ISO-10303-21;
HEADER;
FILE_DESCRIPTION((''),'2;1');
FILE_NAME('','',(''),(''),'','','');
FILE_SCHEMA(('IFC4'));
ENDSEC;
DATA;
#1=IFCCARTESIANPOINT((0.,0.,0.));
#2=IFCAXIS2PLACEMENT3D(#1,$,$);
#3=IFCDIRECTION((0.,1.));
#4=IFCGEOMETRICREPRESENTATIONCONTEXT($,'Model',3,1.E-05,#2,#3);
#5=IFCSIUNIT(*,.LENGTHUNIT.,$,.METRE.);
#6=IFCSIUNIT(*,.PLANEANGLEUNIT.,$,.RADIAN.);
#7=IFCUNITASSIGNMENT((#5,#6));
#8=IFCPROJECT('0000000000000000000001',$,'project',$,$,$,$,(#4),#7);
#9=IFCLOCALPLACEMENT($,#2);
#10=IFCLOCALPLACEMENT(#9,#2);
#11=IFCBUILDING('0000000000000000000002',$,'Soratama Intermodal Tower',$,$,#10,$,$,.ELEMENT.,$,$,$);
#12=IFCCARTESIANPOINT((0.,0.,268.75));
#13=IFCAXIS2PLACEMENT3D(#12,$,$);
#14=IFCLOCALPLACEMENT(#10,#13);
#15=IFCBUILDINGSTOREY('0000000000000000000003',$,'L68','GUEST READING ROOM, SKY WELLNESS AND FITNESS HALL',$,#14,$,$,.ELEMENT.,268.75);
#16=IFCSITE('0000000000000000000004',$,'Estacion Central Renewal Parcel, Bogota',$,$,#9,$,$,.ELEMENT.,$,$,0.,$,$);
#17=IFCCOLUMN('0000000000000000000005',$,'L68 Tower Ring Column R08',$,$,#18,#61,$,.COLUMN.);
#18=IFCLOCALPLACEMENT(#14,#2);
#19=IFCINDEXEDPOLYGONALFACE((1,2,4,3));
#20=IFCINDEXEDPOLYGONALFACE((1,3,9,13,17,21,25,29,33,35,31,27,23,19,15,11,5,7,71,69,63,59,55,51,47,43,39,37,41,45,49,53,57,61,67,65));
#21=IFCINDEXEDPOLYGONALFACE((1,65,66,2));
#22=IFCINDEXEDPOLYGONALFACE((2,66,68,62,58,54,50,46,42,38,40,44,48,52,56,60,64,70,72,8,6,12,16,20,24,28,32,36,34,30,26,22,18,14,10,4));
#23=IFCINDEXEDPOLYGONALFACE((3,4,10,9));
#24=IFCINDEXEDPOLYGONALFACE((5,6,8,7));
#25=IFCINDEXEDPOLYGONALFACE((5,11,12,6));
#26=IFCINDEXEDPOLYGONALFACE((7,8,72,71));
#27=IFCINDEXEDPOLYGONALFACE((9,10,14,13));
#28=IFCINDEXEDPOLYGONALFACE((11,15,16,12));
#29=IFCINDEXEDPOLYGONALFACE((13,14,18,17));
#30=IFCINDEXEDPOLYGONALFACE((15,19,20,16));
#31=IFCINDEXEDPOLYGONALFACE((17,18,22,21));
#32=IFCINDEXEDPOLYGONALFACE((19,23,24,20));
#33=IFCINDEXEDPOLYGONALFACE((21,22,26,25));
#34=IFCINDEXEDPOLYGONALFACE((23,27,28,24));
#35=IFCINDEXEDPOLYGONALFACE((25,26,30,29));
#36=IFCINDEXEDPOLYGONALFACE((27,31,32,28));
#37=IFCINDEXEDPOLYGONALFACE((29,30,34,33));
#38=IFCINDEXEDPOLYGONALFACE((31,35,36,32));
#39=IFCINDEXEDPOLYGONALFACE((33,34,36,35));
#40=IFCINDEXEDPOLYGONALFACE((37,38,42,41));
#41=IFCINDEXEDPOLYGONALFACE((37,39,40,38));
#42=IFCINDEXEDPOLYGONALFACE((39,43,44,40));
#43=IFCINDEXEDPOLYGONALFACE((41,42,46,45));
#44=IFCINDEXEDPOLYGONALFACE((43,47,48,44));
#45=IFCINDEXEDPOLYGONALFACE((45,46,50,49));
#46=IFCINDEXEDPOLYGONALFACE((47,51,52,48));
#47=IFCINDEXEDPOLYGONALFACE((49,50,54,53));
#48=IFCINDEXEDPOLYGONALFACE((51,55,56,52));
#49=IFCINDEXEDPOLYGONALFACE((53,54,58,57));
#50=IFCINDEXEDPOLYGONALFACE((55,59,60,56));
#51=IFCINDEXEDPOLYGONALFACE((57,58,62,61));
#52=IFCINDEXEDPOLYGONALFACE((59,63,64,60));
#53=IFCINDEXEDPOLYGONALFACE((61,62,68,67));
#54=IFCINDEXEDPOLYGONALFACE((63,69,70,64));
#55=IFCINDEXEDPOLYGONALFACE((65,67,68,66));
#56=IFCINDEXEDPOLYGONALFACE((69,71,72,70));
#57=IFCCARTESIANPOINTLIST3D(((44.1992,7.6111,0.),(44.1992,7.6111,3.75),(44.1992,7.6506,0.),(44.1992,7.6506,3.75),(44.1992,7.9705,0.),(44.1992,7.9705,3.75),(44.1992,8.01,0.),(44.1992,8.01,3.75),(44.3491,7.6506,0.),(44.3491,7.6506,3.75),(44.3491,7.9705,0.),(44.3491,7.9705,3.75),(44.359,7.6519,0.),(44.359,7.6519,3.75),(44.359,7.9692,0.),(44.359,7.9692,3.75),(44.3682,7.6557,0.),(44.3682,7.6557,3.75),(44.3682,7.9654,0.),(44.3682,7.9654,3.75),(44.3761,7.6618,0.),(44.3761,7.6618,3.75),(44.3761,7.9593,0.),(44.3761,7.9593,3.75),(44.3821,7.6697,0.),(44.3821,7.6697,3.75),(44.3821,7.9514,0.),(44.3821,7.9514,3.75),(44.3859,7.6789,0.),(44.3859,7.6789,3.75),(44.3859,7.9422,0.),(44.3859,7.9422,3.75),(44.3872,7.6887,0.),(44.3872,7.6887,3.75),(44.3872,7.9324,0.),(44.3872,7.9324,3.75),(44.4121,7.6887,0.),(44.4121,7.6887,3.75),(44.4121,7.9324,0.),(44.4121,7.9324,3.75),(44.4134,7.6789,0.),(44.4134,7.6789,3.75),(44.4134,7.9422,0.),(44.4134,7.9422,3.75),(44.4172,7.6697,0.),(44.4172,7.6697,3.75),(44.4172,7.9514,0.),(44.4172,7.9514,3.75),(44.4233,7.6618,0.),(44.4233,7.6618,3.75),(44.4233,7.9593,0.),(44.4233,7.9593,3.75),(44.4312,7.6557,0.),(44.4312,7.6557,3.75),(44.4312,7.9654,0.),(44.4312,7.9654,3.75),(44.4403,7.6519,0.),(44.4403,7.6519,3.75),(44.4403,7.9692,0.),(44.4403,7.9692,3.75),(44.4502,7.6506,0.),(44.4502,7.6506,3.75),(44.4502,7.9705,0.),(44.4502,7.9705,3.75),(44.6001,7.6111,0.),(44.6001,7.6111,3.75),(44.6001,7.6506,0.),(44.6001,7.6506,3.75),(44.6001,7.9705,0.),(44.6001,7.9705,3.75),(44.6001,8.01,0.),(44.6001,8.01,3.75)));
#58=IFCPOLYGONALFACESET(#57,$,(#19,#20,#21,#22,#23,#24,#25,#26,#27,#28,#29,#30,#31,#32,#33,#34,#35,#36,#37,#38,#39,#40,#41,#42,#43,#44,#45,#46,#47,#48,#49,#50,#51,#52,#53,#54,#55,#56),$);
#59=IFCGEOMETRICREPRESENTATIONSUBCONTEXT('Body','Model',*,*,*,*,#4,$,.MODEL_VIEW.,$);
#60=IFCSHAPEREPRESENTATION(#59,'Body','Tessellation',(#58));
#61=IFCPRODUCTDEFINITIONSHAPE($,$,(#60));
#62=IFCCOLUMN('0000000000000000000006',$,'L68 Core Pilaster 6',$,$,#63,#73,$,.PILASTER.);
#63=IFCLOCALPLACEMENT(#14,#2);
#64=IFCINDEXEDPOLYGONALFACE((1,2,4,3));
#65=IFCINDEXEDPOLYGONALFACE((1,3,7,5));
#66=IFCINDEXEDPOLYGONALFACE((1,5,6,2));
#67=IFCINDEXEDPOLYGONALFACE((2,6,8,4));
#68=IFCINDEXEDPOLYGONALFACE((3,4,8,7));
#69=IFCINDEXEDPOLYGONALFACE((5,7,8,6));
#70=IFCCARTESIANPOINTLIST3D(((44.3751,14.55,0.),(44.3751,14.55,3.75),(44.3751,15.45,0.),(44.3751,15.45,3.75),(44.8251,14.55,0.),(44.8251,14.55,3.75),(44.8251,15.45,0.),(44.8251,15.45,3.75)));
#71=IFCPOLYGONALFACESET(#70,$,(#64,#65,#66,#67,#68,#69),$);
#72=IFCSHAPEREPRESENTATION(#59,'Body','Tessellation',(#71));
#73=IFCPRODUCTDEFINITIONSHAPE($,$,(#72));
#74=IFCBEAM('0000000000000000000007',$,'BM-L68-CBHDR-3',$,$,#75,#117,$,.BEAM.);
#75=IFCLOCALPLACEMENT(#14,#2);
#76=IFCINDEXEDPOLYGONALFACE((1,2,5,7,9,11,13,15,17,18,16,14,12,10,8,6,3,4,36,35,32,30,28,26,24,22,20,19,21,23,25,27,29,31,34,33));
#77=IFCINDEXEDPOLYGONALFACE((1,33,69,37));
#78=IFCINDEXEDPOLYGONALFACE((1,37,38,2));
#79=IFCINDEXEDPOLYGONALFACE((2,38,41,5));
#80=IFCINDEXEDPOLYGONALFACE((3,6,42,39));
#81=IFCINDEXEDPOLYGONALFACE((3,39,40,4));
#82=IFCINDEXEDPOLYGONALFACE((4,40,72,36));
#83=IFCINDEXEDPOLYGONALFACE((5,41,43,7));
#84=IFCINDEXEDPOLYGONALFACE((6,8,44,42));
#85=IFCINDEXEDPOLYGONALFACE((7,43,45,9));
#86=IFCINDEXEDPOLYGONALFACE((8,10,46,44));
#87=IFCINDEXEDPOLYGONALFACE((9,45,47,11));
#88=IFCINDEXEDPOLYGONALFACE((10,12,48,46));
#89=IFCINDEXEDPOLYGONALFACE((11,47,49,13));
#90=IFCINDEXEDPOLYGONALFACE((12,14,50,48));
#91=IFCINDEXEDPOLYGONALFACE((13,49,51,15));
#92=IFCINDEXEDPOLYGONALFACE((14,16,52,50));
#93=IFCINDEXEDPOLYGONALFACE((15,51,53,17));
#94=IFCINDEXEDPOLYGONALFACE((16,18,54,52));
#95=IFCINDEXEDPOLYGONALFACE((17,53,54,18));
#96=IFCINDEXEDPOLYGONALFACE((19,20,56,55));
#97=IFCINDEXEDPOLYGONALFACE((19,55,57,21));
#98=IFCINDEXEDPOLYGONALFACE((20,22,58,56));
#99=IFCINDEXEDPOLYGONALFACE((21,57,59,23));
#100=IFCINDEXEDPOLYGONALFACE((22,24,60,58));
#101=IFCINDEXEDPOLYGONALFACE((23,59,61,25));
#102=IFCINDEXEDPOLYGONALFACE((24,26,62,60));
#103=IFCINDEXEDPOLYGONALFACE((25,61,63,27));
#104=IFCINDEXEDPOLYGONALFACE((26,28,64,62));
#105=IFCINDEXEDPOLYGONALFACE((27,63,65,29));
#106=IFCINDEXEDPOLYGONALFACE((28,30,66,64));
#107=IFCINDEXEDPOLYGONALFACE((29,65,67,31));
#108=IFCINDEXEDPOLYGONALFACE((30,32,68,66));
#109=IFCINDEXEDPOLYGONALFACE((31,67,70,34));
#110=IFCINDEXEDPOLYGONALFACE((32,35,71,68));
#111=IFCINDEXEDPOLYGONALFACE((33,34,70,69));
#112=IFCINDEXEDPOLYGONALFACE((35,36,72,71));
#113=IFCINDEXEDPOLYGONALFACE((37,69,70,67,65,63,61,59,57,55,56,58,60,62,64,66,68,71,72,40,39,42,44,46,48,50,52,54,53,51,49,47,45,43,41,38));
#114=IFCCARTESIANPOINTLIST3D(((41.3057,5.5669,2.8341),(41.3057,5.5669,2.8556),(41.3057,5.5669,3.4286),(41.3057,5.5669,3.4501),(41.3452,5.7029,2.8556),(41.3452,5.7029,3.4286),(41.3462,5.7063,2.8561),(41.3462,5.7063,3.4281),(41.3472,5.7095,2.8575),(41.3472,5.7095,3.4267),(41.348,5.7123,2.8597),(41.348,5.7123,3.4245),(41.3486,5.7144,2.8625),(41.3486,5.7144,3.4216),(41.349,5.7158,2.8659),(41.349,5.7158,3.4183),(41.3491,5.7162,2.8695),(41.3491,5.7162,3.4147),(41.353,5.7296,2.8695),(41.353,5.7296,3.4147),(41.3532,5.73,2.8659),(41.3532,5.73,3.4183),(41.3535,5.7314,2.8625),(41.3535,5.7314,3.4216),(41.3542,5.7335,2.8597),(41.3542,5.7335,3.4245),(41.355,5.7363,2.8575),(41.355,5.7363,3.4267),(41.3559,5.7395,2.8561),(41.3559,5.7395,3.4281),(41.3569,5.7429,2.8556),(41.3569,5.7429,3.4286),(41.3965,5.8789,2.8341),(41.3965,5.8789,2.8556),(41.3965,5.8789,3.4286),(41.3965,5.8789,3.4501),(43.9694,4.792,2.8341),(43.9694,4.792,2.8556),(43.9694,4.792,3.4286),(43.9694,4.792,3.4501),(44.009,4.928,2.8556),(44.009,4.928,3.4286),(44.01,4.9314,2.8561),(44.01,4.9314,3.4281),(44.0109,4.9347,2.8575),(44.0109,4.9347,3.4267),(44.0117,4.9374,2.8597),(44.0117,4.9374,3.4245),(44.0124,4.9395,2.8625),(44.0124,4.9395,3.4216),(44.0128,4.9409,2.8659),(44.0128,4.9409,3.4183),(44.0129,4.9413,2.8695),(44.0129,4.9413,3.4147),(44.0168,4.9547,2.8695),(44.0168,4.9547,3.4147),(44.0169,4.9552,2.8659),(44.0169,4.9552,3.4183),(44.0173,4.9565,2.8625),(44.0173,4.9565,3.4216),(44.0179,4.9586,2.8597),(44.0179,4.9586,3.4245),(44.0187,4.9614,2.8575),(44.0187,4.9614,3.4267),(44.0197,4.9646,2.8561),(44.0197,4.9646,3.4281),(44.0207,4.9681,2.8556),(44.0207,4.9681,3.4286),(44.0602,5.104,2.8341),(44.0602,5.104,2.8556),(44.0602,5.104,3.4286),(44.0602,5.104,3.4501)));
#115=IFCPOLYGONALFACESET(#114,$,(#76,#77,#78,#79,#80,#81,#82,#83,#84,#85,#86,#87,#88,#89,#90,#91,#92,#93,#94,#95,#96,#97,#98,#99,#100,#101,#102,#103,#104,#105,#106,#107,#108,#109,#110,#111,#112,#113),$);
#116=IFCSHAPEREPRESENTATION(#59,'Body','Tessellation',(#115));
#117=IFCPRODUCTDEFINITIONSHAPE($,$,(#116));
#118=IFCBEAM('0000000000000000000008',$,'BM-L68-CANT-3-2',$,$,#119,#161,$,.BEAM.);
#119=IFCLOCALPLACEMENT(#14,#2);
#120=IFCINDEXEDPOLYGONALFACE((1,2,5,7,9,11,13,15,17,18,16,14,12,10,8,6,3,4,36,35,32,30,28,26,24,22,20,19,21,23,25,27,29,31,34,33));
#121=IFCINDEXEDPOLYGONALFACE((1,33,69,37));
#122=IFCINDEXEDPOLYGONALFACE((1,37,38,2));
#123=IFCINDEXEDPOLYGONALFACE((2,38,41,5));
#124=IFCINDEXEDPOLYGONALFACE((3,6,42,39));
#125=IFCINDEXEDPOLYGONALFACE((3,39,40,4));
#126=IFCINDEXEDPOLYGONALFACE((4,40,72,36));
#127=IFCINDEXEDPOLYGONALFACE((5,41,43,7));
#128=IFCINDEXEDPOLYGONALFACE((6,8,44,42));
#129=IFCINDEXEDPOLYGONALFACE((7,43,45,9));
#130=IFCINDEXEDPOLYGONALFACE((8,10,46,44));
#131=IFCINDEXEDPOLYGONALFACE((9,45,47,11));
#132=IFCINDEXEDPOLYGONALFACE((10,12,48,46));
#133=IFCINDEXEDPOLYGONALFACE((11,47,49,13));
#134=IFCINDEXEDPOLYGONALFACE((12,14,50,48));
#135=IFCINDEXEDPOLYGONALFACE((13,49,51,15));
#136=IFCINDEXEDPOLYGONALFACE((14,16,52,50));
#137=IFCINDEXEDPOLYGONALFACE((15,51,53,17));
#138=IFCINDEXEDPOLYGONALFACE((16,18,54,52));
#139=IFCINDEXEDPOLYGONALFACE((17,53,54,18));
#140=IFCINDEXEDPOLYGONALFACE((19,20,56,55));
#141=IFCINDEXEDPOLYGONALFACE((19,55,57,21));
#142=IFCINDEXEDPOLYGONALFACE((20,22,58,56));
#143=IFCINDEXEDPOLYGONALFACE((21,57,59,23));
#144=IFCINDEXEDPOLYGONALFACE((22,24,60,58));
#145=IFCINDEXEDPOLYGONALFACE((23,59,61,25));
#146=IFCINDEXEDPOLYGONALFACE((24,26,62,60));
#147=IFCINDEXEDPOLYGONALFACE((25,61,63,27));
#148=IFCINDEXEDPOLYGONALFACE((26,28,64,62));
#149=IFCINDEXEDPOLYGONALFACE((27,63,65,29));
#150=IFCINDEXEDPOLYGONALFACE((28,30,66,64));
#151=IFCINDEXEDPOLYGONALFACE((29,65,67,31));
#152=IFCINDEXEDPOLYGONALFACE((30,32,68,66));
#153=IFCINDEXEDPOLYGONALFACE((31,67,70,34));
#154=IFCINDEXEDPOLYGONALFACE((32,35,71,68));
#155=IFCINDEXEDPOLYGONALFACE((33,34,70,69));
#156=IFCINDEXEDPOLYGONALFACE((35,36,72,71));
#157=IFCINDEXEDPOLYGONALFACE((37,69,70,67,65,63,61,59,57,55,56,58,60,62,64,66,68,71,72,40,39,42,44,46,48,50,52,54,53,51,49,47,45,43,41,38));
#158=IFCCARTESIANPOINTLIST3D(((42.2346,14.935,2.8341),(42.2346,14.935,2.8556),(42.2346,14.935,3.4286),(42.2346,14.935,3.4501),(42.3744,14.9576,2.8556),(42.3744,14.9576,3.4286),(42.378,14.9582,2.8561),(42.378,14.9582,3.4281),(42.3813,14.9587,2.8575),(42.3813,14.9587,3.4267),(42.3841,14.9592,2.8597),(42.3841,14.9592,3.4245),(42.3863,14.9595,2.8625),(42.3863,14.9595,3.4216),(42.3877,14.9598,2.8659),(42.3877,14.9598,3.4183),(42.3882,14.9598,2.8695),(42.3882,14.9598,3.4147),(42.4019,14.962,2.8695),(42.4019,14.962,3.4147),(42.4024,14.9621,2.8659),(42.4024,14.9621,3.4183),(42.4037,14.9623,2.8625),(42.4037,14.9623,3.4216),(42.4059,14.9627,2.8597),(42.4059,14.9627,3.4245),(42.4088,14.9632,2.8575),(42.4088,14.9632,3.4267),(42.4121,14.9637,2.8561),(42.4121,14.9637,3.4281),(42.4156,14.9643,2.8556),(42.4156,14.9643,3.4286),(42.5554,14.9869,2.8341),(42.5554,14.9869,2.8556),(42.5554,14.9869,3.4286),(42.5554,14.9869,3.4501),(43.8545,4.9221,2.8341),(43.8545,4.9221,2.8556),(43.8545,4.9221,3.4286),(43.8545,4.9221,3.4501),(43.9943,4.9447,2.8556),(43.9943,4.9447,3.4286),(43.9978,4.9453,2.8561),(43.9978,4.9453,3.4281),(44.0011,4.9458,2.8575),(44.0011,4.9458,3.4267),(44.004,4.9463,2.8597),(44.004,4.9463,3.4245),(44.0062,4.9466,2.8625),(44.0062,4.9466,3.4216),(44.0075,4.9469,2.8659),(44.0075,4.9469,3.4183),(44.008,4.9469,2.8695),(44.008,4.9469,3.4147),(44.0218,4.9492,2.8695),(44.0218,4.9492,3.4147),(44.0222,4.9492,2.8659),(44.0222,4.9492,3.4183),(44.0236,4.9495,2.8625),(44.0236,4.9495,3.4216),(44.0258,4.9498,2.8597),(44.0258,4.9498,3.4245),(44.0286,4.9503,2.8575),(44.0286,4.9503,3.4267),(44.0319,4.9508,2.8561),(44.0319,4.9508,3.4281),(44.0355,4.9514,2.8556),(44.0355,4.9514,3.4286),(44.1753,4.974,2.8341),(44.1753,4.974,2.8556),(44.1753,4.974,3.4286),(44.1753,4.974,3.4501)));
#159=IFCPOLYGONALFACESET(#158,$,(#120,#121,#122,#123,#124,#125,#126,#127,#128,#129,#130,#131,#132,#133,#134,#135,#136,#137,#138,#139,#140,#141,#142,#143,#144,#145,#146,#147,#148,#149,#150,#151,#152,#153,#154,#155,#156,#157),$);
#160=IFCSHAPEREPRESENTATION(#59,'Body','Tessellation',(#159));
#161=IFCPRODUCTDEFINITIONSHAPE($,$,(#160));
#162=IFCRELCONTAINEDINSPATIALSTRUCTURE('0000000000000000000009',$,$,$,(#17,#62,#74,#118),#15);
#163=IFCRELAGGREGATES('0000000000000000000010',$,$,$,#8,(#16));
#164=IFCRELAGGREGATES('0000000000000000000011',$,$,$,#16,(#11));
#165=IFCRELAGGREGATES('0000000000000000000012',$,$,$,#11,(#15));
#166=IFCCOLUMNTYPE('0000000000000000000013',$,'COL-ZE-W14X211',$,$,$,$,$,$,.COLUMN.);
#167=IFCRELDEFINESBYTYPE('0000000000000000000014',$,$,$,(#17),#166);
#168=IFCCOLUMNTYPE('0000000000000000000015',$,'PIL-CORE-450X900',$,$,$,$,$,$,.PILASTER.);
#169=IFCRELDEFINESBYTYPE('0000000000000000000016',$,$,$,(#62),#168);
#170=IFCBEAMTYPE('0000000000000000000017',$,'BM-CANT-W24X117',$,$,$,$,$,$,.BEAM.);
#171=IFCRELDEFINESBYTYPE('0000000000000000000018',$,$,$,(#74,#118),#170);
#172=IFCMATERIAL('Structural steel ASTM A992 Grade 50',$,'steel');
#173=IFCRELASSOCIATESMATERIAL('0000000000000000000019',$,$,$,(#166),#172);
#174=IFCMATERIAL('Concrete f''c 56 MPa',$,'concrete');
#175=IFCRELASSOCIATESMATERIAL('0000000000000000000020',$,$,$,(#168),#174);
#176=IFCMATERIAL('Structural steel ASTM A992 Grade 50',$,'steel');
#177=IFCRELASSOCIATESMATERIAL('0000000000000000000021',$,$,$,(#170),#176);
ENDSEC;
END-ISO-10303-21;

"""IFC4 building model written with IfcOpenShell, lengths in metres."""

from ifc_helpers import new_model, si_unit, direction, frame, origin, origin_2d, place, context, subcontext, project, spatial, rectangle, i_section, extrude, material, material_profile, profile_set, type_object, element, save


model = new_model("IFC4")

# Units and contexts
model_context = context("Model", 3, precision=1e-05, world=origin(), true_north=direction((0.0, 1.0)))
body_context = subcontext(model_context, "Body", "Model", "MODEL_VIEW")
ifc_project = project(units=[si_unit("LENGTHUNIT", "METRE"), si_unit("PLANEANGLEUNIT", "RADIAN")], contexts=[model_context])

# Site, building, storey
site_placement = place(None, origin())
site = spatial("IfcSite", under=ifc_project, at=site_placement, Name="Estacion Central Renewal Parcel, Bogota", CompositionType="ELEMENT", RefElevation=0.0)
building_placement = place(site_placement, origin())
building = spatial("IfcBuilding", under=site, at=building_placement, Name="Soratama Intermodal Tower", CompositionType="ELEMENT")
storey_placement = place(building_placement, frame((0.0, 0.0, 268.75)))
storey = spatial("IfcBuildingStorey", under=building, at=storey_placement, Name="L68", Description="GUEST READING ROOM, SKY WELLNESS AND FITNESS HALL", CompositionType="ELEMENT", Elevation=268.75)

# Columns
ifc_material_1 = material(Name="Structural steel ASTM A992 Grade 50", Category="steel")
ifc_material_profile_1 = material_profile(ifc_material_1, i_section(OverallWidth=0.4009, OverallDepth=0.3989, WebThickness=0.0249, FlangeThickness=0.0396, FilletRadius=0.0381, at=origin_2d()), Name="W14X211")
ifc_profile_set_1 = profile_set([ifc_material_profile_1], Name="Structural steel ASTM A992 Grade 50")
column_type_1 = type_object("IfcColumnType", Name="COL-ZE-W14X211", PredefinedType="COLUMN", material=ifc_profile_set_1)
column_1_placement = place(storey_placement, frame((44.3997, 7.8105, 0.0), z_axis=(0.0, 0.0, 1.0), x_axis=(1.0, 0.0, 0.0)))
element("IfcColumn", 1, at=column_1_placement, inside=storey, type_object=column_type_1, Name="L68 Tower Ring Column R08", PredefinedType="COLUMN", context=body_context, shape_type="SweptSolid", body=[
    extrude(i_section(OverallWidth=0.4009, OverallDepth=0.3989, WebThickness=0.0249, FlangeThickness=0.0396, FilletRadius=0.0381, at=origin_2d()), origin(), (0.0, 0.0, 1.0), 3.75),
])
ifc_material_2 = material(Name="Concrete f'c 56 MPa", Category="concrete")
ifc_material_profile_2 = material_profile(ifc_material_2, rectangle(XDim=0.45, YDim=0.8999, at=origin_2d()), Name="RC450X900")
ifc_profile_set_2 = profile_set([ifc_material_profile_2], Name="Concrete f'c 56 MPa")
column_type_2 = type_object("IfcColumnType", Name="PIL-CORE-450X900", PredefinedType="PILASTER", material=ifc_profile_set_2)
column_2_placement = place(storey_placement, frame((44.6001, 15.0, 0.0), z_axis=(0.0, 0.0, 1.0), x_axis=(1.0, 0.0, 0.0)))
element("IfcColumn", 2, at=column_2_placement, inside=storey, type_object=column_type_2, Name="L68 Core Pilaster 6", PredefinedType="PILASTER", context=body_context, shape_type="SweptSolid", body=[
    extrude(rectangle(XDim=0.45, YDim=0.8999, at=origin_2d()), origin(), (0.0, 0.0, 1.0), 3.75),
])

# Beams
ifc_material_3 = material(Name="Structural steel ASTM A992 Grade 50", Category="steel")
ifc_material_profile_3 = material_profile(ifc_material_3, i_section(OverallWidth=0.325, OverallDepth=0.616, WebThickness=0.0139, FlangeThickness=0.0215, FilletRadius=0.0139, at=origin_2d()), Name="W24X117")
ifc_profile_set_3 = profile_set([ifc_material_profile_3], Name="Structural steel ASTM A992 Grade 50")
beam_type_1 = type_object("IfcBeamType", Name="BM-CANT-W24X117", PredefinedType="BEAM", material=ifc_profile_set_3)
beam_1_placement = place(storey_placement, frame((41.3511, 5.7229, 3.1421), z_axis=(0.960198, -0.279321, 0.0), x_axis=(0.279321, 0.960198, 0.0)))
element("IfcBeam", 3, at=beam_1_placement, inside=storey, type_object=beam_type_1, Name="BM-L68-CBHDR-3", PredefinedType="BEAM", context=body_context, shape_type="SweptSolid", body=[
    extrude(i_section(OverallWidth=0.325, OverallDepth=0.616, WebThickness=0.0139, FlangeThickness=0.0215, FilletRadius=0.0139, at=origin_2d()), origin(), (0.0, 0.0, 1.0), 2.7742),
])
beam_2_placement = place(storey_placement, frame((42.395, 14.9609, 3.1421), z_axis=(0.159702, -0.987165, 0.0), x_axis=(0.987165, 0.159702, 0.0)))
element("IfcBeam", 4, at=beam_2_placement, inside=storey, type_object=beam_type_1, Name="BM-L68-CANT-3-2", PredefinedType="BEAM", context=body_context, shape_type="SweptSolid", body=[
    extrude(i_section(OverallWidth=0.325, OverallDepth=0.616, WebThickness=0.0139, FlangeThickness=0.0215, FilletRadius=0.0139, at=origin_2d()), origin(), (0.0, 0.0, 1.0), 10.1431),
])

save(model, "model.ifc")
